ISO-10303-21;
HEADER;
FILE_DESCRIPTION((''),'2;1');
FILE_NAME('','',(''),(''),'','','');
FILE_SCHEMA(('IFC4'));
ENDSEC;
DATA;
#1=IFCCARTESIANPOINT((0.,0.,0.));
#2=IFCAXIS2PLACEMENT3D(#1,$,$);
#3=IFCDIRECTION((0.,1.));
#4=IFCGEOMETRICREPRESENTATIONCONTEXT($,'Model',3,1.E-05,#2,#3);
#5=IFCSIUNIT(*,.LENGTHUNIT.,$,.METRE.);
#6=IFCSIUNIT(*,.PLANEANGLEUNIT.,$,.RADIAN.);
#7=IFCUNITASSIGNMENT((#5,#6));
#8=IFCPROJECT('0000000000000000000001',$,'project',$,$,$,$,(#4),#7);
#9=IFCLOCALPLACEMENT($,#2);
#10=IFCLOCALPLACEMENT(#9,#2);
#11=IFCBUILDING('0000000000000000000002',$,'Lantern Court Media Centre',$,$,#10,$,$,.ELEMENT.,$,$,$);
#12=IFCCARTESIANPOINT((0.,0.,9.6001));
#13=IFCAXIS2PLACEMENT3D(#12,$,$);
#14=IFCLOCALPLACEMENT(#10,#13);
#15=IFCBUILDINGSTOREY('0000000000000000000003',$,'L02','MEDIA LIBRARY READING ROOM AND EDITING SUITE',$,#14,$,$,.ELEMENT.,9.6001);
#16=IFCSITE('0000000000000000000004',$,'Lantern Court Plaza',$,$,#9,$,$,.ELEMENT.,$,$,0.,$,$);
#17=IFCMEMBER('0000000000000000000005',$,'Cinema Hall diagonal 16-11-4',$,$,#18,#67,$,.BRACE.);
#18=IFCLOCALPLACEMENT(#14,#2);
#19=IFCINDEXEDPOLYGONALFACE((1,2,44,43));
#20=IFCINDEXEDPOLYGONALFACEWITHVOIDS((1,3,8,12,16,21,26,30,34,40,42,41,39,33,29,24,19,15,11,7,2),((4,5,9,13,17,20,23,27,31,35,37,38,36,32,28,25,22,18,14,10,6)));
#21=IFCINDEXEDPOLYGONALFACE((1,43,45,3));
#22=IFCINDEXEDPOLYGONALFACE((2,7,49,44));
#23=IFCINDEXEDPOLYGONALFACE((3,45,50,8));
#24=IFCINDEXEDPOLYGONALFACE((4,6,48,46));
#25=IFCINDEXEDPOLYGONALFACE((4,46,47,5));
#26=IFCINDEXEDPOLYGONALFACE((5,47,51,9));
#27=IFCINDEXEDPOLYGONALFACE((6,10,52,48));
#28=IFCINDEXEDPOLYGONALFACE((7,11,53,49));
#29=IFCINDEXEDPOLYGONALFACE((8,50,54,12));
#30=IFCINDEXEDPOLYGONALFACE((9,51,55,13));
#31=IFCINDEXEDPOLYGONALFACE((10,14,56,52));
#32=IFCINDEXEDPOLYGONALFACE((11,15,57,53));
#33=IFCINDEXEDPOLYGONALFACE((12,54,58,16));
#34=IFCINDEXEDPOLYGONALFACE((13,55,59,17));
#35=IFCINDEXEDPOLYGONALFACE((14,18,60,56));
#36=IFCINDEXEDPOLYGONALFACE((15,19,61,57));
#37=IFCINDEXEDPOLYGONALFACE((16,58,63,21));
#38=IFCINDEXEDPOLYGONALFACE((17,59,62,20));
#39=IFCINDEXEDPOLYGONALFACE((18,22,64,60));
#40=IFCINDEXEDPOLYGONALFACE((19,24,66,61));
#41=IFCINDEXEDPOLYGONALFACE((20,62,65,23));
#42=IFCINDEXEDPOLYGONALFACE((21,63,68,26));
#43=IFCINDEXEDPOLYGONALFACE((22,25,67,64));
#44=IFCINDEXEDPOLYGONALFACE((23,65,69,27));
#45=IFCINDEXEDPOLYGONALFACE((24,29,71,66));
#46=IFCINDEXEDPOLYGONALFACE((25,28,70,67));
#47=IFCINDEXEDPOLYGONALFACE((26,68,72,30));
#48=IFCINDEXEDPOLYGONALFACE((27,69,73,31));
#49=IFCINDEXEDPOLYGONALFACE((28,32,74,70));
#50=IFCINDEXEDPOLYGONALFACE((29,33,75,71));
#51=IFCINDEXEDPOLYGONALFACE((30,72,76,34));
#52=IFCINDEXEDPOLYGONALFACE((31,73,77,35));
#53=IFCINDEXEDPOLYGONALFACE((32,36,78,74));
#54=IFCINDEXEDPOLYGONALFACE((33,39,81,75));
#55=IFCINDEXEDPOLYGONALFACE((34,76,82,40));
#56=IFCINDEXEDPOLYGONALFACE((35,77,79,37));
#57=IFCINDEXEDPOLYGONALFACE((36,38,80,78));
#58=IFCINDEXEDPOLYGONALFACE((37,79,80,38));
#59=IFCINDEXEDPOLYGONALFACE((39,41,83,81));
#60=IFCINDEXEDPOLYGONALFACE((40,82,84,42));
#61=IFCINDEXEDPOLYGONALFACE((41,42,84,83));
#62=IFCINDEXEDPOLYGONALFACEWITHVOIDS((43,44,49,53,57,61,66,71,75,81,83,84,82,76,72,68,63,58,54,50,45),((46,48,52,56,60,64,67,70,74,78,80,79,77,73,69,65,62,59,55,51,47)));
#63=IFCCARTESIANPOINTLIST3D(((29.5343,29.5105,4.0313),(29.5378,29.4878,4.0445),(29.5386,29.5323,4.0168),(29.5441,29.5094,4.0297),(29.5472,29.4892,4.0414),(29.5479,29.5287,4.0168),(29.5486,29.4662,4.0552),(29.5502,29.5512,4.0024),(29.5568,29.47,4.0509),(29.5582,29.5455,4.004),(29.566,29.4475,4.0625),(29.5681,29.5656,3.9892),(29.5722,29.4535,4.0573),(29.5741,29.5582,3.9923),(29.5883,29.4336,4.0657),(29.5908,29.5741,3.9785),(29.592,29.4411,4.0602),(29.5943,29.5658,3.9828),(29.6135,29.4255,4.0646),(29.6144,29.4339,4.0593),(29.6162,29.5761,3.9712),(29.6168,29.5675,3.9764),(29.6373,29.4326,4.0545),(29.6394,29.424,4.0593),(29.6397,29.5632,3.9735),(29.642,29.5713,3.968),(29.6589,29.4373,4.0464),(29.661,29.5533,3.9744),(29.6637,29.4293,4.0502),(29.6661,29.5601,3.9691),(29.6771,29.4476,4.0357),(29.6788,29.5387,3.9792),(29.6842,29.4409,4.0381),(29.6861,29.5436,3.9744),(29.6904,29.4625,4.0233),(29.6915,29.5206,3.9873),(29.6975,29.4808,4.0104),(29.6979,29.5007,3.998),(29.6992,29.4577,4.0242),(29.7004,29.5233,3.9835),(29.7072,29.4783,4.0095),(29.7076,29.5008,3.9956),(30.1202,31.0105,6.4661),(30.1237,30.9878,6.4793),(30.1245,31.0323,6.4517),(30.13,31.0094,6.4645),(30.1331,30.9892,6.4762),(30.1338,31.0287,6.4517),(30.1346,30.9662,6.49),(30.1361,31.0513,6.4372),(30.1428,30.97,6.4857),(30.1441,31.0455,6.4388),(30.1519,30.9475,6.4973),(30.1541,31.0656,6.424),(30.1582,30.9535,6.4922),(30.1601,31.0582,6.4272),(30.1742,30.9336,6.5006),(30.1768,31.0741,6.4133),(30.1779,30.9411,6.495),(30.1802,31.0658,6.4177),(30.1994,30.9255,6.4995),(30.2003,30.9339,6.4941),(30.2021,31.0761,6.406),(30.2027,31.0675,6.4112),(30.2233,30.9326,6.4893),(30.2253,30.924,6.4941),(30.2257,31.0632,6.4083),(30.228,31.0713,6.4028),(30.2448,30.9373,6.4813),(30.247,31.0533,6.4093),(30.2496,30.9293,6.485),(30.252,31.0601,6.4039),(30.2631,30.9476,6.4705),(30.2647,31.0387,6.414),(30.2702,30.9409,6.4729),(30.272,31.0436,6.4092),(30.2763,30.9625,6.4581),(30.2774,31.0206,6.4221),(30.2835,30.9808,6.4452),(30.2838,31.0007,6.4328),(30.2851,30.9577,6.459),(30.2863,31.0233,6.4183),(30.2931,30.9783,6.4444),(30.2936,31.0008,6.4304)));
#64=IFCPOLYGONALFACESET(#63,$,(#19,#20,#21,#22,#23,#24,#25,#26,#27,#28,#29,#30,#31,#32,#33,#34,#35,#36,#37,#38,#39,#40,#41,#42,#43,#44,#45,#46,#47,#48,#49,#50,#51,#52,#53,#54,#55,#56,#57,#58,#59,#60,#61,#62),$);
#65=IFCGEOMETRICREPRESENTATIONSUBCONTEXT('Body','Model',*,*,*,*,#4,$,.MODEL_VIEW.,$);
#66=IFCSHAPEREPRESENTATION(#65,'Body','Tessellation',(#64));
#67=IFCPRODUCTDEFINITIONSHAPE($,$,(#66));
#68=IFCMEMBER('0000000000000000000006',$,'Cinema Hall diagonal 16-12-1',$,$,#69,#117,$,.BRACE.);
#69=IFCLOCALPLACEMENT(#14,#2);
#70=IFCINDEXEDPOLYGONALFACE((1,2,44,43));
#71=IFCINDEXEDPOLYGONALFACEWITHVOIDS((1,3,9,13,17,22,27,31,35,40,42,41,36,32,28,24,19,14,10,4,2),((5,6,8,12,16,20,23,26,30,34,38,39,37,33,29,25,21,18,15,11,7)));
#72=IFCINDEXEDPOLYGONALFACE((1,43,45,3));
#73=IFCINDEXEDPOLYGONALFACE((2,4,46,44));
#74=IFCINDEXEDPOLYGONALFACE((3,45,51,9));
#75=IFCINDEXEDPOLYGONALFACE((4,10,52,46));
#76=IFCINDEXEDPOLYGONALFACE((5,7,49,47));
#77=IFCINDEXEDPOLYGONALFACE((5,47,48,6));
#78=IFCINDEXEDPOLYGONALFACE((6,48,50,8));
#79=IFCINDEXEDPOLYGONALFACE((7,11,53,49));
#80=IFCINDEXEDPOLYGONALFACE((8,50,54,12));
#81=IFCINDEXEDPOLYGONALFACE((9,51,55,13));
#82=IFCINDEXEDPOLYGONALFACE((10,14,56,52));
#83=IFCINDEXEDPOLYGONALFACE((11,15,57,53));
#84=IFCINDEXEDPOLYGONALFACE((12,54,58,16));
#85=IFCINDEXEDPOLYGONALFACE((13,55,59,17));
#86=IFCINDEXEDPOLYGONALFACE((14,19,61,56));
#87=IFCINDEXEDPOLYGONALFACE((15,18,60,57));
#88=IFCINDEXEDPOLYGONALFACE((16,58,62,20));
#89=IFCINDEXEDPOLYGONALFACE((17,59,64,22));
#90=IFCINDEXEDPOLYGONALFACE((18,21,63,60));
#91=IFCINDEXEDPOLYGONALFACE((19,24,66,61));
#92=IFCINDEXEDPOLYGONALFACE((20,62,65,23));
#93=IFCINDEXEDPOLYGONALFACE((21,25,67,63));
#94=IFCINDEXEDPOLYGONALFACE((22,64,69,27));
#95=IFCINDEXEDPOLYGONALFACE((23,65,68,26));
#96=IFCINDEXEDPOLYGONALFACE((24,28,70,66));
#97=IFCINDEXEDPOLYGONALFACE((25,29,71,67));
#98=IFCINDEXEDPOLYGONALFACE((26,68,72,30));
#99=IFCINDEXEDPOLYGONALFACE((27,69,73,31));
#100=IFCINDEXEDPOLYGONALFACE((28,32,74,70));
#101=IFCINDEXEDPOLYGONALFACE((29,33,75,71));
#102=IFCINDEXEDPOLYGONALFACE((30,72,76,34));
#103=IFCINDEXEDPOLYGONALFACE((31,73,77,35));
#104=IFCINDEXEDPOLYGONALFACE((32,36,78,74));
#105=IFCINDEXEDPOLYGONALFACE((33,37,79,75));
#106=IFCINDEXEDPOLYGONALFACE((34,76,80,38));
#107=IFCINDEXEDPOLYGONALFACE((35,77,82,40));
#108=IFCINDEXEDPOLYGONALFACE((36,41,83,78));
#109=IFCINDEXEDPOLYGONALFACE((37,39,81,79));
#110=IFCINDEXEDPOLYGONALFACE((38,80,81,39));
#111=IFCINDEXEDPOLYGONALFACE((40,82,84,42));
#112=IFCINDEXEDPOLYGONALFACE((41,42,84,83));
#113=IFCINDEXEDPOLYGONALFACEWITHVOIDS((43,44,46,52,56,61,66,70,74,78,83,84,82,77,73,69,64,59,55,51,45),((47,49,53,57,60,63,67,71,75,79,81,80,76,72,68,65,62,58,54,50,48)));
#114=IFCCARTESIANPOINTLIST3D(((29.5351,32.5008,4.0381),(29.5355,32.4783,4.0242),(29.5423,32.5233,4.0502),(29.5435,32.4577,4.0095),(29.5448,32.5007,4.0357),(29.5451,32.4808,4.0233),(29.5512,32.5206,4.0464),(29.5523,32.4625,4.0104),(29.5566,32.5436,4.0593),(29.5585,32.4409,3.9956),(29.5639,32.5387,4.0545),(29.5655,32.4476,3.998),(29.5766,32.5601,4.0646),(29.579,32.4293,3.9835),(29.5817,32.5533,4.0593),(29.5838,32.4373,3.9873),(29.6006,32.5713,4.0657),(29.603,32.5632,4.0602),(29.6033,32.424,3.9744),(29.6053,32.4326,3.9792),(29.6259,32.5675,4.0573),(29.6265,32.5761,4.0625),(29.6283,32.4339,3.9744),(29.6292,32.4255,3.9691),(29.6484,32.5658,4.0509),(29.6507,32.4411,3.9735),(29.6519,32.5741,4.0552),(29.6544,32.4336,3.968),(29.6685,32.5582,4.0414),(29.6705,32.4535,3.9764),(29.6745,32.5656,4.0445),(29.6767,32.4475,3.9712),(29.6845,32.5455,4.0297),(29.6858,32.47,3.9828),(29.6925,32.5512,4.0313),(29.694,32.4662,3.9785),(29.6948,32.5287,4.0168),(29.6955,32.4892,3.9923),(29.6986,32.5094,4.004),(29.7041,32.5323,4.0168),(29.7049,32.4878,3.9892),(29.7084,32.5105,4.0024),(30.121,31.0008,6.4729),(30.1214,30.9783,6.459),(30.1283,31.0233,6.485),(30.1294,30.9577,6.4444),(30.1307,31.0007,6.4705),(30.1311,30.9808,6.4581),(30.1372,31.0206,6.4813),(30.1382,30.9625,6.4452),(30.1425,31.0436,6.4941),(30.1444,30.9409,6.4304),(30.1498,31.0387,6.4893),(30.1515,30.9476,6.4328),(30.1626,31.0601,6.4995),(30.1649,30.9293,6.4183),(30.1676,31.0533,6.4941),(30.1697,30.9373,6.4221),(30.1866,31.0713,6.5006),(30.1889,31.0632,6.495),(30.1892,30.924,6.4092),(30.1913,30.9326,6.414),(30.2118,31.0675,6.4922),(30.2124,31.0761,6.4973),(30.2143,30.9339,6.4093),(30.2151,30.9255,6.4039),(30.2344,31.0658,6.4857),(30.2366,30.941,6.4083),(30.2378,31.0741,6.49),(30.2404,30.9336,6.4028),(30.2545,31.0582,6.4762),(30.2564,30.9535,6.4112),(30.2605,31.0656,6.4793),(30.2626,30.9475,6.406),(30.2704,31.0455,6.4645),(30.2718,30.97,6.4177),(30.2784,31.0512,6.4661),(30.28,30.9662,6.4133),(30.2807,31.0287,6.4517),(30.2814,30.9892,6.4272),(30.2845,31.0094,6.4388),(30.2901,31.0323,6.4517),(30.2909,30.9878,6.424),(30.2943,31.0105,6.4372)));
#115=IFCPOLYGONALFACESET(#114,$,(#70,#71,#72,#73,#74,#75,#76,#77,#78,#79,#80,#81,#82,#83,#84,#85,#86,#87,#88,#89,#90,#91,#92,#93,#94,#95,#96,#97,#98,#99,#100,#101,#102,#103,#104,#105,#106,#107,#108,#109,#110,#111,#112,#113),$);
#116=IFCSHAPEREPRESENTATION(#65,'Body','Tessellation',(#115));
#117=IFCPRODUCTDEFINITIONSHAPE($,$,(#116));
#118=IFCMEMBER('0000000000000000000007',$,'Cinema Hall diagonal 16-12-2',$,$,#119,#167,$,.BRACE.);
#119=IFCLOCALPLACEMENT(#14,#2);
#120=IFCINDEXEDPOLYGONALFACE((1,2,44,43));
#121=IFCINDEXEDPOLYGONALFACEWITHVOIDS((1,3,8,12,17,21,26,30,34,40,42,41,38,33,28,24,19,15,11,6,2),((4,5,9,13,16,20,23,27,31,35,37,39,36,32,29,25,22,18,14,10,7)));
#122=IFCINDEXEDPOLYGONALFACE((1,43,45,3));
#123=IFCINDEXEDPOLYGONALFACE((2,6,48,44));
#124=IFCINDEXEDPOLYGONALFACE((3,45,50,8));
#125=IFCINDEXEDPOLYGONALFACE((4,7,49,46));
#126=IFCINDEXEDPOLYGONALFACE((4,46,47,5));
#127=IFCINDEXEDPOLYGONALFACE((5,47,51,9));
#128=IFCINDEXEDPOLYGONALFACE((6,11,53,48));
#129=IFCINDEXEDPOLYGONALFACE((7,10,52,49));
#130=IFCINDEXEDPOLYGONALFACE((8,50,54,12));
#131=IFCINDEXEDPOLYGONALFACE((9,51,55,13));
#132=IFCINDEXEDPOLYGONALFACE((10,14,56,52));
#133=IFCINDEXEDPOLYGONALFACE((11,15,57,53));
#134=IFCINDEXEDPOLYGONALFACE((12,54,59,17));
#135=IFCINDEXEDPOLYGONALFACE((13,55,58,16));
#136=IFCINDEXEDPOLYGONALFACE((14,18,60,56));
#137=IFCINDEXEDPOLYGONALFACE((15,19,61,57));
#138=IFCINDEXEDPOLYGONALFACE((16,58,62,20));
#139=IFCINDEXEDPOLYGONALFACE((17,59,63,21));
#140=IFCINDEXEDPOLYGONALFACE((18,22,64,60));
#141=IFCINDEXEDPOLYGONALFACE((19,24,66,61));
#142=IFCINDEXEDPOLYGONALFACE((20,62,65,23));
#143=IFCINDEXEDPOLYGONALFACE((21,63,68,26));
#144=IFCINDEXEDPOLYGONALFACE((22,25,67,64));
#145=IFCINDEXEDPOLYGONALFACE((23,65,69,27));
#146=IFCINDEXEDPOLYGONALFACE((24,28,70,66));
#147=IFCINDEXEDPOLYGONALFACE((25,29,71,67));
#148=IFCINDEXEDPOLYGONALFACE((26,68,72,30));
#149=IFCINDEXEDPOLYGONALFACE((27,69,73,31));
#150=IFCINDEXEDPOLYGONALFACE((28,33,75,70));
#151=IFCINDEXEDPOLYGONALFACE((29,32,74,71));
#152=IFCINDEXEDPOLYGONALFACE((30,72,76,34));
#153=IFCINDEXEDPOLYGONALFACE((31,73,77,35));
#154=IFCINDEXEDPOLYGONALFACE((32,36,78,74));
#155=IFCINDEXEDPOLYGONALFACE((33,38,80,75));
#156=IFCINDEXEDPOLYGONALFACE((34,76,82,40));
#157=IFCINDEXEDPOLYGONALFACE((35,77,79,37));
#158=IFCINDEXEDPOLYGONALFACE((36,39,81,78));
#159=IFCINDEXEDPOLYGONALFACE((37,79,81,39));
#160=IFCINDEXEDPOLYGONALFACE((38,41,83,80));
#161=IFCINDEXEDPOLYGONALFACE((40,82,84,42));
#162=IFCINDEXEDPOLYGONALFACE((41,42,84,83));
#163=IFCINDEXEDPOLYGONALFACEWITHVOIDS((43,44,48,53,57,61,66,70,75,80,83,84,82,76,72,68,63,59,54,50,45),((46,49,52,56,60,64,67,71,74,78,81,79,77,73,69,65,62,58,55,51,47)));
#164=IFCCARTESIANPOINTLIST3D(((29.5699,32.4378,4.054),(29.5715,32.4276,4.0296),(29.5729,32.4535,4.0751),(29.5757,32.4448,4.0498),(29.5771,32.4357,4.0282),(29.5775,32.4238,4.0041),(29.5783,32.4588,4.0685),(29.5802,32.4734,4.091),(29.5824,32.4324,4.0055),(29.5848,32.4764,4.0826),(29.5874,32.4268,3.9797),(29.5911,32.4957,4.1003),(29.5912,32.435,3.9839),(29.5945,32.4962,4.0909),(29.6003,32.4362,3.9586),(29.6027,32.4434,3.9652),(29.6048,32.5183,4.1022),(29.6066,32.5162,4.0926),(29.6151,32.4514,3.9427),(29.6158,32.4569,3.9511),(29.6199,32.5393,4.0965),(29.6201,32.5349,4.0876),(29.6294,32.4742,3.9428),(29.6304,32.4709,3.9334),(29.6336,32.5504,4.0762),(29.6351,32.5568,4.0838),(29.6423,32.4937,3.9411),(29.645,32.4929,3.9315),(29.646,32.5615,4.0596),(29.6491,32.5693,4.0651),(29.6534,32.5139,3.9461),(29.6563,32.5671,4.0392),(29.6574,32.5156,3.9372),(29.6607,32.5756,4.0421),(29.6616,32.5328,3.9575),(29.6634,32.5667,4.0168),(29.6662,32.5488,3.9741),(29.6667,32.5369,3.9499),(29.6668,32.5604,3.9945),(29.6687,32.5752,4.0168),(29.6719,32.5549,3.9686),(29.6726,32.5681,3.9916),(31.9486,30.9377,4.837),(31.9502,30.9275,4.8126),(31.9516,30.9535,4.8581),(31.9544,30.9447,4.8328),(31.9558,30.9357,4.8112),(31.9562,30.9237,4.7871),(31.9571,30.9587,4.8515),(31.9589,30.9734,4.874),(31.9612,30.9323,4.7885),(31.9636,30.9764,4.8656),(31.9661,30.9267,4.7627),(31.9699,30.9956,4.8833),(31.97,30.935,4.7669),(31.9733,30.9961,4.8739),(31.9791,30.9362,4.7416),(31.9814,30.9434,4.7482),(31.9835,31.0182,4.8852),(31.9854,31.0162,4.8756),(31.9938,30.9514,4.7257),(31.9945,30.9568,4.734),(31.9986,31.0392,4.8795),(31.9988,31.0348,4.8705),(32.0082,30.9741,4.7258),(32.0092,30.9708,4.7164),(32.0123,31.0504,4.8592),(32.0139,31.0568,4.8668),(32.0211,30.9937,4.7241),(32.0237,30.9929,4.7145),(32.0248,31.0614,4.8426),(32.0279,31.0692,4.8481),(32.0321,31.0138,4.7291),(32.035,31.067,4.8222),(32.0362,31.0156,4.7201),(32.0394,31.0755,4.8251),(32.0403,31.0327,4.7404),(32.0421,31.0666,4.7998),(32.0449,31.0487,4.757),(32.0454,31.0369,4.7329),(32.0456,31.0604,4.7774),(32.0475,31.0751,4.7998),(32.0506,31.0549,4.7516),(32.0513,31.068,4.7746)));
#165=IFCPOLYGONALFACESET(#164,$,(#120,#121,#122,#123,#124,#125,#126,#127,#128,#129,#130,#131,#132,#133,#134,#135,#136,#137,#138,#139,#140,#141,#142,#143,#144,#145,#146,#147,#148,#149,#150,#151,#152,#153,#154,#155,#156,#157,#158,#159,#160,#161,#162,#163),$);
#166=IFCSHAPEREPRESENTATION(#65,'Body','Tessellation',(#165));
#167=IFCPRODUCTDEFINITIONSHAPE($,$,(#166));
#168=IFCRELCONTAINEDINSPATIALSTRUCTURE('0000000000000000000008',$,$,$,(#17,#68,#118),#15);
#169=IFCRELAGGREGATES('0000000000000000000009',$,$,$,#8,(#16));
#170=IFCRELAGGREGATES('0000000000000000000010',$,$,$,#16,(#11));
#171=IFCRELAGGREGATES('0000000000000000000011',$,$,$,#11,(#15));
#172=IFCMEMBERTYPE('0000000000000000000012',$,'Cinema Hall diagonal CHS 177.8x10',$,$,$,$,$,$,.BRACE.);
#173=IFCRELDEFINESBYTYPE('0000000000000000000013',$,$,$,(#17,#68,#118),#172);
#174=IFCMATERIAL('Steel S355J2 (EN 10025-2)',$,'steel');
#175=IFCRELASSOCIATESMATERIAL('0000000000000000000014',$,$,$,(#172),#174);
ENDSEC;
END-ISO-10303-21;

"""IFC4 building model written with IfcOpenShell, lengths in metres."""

from ifc_helpers import new_model, si_unit, direction, frame, origin, origin_2d, place, context, subcontext, project, spatial, hollow_circle, extrude, material, material_profile, profile_set, type_object, element, save


model = new_model("IFC4")

# Units and contexts
model_context = context("Model", 3, precision=1e-05, world=origin(), true_north=direction((0.0, 1.0)))
body_context = subcontext(model_context, "Body", "Model", "MODEL_VIEW")
ifc_project = project(units=[si_unit("LENGTHUNIT", "METRE"), si_unit("PLANEANGLEUNIT", "RADIAN")], contexts=[model_context])

# Site, building, storey
site_placement = place(None, origin())
site = spatial("IfcSite", under=ifc_project, at=site_placement, Name="Lantern Court Plaza", CompositionType="ELEMENT", RefElevation=0.0)
building_placement = place(site_placement, origin())
building = spatial("IfcBuilding", under=site, at=building_placement, Name="Lantern Court Media Centre", CompositionType="ELEMENT")
storey_placement = place(building_placement, frame((0.0, 0.0, 9.6001)))
storey = spatial("IfcBuildingStorey", under=building, at=storey_placement, Name="L02", Description="MEDIA LIBRARY READING ROOM AND EDITING SUITE", CompositionType="ELEMENT", Elevation=9.6001)

# Members
ifc_material_1 = material(Name="Steel S355J2 (EN 10025-2)", Category="steel")
ifc_material_profile_1 = material_profile(ifc_material_1, hollow_circle(Radius=0.0889, WallThickness=0.01, at=origin_2d()), Name="Cinema Hall diagonal CHS 177.8x10")
ifc_profile_set_1 = profile_set([ifc_material_profile_1], Name="Steel S355J2 (EN 10025-2)")
member_type_1 = type_object("IfcMemberType", Name="Cinema Hall diagonal CHS 177.8x10", PredefinedType="BRACE", material=ifc_profile_set_1)
for number, where, z_axis, x_axis, name in (
    (1, (29.6213, 29.5, 4.0168), (0.20072, 0.513842, 0.834073), (-0.931457, 0.363851, 0.0), "Cinema Hall diagonal 16-11-4"),
    (2, (29.6213, 32.5, 4.0168), (0.20072, -0.513842, 0.834073), (0.931457, 0.363851, 0.0), "Cinema Hall diagonal 16-12-1"),
    (3, (29.6213, 32.5, 4.0168), (0.814866, -0.51386, 0.268221), (0.533405, 0.84586, 0.0), "Cinema Hall diagonal 16-12-2"),
):
    element("IfcMember", number, at=place(storey_placement, frame(where, z_axis=z_axis, x_axis=x_axis)), inside=storey, type_object=member_type_1, Name=name, PredefinedType="BRACE", context=body_context, shape_type="SweptSolid", body=[
        extrude(hollow_circle(Radius=0.0889, WallThickness=0.01, at=origin_2d()), origin(), (0.0, 0.0, 1.0), 2.9192),
    ])

save(model, "model.ifc")
